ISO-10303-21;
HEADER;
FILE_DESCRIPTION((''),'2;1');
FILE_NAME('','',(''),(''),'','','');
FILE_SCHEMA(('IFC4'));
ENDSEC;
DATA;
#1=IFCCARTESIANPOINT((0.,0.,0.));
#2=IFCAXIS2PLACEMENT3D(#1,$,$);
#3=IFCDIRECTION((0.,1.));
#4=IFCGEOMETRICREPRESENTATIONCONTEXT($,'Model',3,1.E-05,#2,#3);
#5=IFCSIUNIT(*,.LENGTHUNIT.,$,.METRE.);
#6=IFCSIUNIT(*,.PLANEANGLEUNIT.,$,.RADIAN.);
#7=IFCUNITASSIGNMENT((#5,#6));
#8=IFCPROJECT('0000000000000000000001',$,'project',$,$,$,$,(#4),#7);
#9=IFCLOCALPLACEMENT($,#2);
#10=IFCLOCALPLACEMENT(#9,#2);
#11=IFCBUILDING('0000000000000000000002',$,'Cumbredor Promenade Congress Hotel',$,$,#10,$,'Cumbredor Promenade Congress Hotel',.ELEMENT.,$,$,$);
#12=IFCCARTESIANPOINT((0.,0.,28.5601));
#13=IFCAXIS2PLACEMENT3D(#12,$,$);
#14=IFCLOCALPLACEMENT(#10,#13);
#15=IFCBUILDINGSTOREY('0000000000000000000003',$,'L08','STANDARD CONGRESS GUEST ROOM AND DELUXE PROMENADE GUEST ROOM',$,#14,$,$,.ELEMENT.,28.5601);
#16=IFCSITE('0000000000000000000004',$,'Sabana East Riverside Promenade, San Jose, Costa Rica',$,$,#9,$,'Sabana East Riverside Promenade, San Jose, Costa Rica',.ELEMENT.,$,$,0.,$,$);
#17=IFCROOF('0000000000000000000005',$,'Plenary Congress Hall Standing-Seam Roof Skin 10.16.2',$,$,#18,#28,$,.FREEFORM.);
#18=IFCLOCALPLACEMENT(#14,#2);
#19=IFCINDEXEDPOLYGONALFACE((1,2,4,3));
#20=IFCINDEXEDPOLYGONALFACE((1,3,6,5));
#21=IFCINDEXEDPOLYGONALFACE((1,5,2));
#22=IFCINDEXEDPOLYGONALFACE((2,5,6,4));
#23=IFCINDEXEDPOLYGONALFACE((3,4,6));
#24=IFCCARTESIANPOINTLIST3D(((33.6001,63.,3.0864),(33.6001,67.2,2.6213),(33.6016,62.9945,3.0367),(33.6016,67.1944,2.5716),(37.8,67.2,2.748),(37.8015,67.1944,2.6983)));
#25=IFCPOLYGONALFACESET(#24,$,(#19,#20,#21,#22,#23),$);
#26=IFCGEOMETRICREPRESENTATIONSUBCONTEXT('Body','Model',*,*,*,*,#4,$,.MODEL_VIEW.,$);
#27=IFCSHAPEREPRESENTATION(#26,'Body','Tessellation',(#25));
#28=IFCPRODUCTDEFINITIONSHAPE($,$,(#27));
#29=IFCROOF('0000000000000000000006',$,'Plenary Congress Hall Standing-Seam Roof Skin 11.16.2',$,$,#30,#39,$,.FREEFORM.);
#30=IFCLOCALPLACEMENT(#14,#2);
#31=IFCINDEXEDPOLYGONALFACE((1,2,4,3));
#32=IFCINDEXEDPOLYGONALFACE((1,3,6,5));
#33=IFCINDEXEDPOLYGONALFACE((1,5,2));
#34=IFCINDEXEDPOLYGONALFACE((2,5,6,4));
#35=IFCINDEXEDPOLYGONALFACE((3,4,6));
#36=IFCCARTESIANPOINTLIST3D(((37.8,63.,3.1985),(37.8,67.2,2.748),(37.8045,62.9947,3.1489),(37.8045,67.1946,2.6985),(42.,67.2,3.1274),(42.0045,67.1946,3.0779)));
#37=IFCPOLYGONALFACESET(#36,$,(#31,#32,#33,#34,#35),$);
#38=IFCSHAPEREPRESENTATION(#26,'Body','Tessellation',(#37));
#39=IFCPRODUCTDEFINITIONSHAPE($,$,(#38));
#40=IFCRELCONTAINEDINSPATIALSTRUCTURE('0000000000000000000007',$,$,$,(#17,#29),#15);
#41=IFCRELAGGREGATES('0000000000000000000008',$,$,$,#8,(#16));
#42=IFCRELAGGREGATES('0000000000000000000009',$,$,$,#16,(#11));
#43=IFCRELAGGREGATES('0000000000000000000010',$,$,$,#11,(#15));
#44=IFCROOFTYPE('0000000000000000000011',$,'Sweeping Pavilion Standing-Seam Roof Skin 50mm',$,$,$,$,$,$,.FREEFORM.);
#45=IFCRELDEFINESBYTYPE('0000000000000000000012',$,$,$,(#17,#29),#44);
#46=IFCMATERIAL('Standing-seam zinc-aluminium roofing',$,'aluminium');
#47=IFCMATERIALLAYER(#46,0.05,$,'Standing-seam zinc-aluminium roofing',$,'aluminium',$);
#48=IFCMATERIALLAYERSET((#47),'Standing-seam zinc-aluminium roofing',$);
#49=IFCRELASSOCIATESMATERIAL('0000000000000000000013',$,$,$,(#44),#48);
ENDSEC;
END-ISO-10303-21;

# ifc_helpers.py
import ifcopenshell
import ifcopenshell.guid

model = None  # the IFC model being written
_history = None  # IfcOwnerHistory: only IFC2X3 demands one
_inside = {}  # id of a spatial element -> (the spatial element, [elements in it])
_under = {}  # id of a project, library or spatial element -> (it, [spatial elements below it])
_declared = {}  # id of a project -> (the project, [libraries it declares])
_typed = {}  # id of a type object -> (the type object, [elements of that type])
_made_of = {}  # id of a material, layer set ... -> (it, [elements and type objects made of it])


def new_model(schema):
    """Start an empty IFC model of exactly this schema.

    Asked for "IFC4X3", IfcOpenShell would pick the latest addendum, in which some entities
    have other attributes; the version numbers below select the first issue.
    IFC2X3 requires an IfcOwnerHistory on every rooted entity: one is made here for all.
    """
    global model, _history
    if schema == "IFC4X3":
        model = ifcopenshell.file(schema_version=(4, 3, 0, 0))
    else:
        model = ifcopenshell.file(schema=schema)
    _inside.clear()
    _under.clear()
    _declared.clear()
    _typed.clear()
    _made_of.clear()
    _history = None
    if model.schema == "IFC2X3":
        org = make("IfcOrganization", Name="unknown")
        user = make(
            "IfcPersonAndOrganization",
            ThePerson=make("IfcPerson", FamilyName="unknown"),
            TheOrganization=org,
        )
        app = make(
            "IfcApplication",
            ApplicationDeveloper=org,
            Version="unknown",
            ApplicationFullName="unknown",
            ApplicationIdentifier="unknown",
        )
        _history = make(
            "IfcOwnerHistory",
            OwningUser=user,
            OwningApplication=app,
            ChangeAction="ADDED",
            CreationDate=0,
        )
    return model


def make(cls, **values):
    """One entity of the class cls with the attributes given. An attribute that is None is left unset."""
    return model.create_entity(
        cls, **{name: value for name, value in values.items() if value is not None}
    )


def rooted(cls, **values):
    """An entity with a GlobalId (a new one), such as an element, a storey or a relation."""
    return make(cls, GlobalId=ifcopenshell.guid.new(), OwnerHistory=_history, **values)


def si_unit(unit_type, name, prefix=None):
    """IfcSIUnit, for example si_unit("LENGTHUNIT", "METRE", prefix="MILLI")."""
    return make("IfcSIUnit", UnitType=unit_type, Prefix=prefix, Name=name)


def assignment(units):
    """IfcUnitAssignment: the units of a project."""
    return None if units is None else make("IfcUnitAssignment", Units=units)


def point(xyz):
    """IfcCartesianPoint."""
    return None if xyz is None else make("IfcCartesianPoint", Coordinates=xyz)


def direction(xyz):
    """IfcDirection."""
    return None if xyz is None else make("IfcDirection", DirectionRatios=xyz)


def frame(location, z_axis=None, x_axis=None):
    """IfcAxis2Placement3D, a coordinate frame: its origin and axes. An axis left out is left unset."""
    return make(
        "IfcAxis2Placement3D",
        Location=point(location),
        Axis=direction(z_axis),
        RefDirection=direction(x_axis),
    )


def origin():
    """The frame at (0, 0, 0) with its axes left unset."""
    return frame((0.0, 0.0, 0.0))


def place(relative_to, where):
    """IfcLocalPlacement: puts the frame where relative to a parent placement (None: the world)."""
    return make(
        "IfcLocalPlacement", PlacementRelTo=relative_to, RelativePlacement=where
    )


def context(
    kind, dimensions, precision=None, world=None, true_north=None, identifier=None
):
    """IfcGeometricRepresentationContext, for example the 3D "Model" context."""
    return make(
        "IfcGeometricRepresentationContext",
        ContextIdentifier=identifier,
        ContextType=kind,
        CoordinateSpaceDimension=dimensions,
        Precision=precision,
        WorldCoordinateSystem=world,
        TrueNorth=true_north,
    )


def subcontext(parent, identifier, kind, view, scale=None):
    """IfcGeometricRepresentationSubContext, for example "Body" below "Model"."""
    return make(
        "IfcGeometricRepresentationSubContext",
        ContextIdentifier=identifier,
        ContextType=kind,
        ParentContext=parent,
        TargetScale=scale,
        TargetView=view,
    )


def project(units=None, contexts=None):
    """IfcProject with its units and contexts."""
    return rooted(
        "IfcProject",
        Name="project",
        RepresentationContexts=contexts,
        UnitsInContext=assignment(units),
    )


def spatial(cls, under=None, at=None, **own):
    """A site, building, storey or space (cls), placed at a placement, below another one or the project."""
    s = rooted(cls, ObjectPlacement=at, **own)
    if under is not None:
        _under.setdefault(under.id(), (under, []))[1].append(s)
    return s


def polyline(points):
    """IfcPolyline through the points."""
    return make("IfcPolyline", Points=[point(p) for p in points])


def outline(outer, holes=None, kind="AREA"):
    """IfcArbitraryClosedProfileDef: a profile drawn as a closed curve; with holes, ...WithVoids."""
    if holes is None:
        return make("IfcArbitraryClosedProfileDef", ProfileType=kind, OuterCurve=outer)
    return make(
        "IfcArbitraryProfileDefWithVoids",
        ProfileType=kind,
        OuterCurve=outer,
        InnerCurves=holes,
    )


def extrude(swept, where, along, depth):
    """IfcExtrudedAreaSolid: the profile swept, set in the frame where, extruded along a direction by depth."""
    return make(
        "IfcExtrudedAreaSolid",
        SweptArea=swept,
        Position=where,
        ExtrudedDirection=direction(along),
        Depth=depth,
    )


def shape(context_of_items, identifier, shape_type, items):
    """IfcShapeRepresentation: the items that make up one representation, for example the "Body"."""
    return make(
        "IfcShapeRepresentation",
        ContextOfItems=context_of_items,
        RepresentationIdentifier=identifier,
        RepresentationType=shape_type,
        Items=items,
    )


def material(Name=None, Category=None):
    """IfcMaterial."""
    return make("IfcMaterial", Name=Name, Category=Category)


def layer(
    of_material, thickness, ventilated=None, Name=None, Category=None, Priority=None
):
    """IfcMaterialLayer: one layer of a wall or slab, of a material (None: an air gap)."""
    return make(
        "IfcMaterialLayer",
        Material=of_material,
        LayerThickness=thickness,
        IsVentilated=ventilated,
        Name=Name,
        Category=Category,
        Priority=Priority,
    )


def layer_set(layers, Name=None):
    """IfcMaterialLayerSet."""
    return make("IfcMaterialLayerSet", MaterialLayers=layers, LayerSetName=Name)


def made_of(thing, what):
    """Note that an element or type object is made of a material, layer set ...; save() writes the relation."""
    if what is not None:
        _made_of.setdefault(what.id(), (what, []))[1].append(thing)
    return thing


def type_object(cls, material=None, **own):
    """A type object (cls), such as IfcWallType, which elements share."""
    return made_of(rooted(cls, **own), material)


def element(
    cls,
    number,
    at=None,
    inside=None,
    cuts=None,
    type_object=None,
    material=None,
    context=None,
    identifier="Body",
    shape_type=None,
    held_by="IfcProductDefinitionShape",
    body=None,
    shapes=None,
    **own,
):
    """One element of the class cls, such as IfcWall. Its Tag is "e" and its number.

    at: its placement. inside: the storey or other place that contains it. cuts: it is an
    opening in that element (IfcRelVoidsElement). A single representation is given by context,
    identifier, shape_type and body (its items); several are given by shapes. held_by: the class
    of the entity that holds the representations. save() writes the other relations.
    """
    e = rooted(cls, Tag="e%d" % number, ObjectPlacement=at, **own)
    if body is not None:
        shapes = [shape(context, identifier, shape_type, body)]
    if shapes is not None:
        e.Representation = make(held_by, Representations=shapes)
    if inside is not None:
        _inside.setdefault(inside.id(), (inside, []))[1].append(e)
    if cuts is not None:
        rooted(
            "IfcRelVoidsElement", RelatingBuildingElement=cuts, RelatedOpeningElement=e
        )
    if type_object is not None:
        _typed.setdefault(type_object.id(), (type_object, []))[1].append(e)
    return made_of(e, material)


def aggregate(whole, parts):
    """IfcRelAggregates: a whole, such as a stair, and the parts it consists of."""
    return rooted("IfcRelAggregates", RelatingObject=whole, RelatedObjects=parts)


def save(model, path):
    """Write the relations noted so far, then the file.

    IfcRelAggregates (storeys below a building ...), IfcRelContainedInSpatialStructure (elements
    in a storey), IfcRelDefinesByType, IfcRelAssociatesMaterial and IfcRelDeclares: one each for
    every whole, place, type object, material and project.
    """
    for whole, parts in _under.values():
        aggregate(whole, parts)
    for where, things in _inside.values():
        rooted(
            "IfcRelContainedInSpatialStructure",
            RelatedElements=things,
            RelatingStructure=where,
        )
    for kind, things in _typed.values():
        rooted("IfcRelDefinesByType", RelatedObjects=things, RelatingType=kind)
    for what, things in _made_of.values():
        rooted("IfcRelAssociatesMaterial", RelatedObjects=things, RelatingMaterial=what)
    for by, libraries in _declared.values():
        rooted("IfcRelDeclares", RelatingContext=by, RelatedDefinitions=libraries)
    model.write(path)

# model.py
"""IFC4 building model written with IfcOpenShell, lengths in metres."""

from ifc_helpers import new_model, si_unit, direction, frame, origin, place, context, subcontext, project, spatial, polyline, outline, extrude, material, layer, layer_set, type_object, element, save


model = new_model("IFC4")

# Units and contexts
model_context = context("Model", 3, precision=1e-05, world=origin(), true_north=direction((0.0, 1.0)))
body_context = subcontext(model_context, "Body", "Model", "MODEL_VIEW")
ifc_project = project(units=[si_unit("LENGTHUNIT", "METRE"), si_unit("PLANEANGLEUNIT", "RADIAN")], contexts=[model_context])

# Site, building, storey
site_placement = place(None, origin())
site = spatial("IfcSite", under=ifc_project, at=site_placement, Name="Sabana East Riverside Promenade, San Jose, Costa Rica", LongName="Sabana East Riverside Promenade, San Jose, Costa Rica", CompositionType="ELEMENT", RefElevation=0.0)
building_placement = place(site_placement, origin())
building = spatial("IfcBuilding", under=site, at=building_placement, Name="Cumbredor Promenade Congress Hotel", LongName="Cumbredor Promenade Congress Hotel", CompositionType="ELEMENT")
storey_placement = place(building_placement, frame((0.0, 0.0, 28.5601)))
storey = spatial("IfcBuildingStorey", under=building, at=storey_placement, Name="L08", Description="STANDARD CONGRESS GUEST ROOM AND DELUXE PROMENADE GUEST ROOM", CompositionType="ELEMENT", Elevation=28.5601)

# Roofs
ifc_material_1 = material(Name="Standing-seam zinc-aluminium roofing", Category="aluminium")
ifc_layer_1 = layer(ifc_material_1, 0.05, Name="Standing-seam zinc-aluminium roofing", Category="aluminium")
ifc_layer_set_1 = layer_set([ifc_layer_1], Name="Standing-seam zinc-aluminium roofing")
roof_type = type_object("IfcRoofType", Name="Sweeping Pavilion Standing-Seam Roof Skin 50mm", PredefinedType="FREEFORM", material=ifc_layer_set_1)
roof_1_placement = place(storey_placement, frame((33.6001, 63.0, 3.0864), z_axis=(-0.029972, 0.110014, 0.993478), x_axis=(0.705962, 0.705962, -0.056877)))
element("IfcRoof", 1, at=roof_1_placement, inside=storey, type_object=roof_type, Name="Plenary Congress Hall Standing-Seam Roof Skin 10.16.2", PredefinedType="FREEFORM", context=body_context, shape_type="SweptSolid", body=[
    extrude(outline(polyline([(0.0, 0.0), (5.9493, 0.0), (2.9915, 2.9845), (0.0, 0.0)])), origin(), (0.0, 0.0, -1.0), 0.05),
])
roof_2_placement = place(storey_placement, frame((37.8, 63.0, 3.1985), z_axis=(-0.089458, 0.10621, 0.990311), x_axis=(0.707056, 0.707056, -0.01196)))
element("IfcRoof", 2, at=roof_2_placement, inside=storey, type_object=roof_type, Name="Plenary Congress Hall Standing-Seam Roof Skin 11.16.2", PredefinedType="FREEFORM", context=body_context, shape_type="SweptSolid", body=[
    extrude(outline(polyline([(0.0, 0.0), (5.9401, 0.0), (2.975, 2.9987), (0.0, 0.0)])), origin(), (0.0, 0.0, -1.0), 0.05),
])

save(model, "model.ifc")
